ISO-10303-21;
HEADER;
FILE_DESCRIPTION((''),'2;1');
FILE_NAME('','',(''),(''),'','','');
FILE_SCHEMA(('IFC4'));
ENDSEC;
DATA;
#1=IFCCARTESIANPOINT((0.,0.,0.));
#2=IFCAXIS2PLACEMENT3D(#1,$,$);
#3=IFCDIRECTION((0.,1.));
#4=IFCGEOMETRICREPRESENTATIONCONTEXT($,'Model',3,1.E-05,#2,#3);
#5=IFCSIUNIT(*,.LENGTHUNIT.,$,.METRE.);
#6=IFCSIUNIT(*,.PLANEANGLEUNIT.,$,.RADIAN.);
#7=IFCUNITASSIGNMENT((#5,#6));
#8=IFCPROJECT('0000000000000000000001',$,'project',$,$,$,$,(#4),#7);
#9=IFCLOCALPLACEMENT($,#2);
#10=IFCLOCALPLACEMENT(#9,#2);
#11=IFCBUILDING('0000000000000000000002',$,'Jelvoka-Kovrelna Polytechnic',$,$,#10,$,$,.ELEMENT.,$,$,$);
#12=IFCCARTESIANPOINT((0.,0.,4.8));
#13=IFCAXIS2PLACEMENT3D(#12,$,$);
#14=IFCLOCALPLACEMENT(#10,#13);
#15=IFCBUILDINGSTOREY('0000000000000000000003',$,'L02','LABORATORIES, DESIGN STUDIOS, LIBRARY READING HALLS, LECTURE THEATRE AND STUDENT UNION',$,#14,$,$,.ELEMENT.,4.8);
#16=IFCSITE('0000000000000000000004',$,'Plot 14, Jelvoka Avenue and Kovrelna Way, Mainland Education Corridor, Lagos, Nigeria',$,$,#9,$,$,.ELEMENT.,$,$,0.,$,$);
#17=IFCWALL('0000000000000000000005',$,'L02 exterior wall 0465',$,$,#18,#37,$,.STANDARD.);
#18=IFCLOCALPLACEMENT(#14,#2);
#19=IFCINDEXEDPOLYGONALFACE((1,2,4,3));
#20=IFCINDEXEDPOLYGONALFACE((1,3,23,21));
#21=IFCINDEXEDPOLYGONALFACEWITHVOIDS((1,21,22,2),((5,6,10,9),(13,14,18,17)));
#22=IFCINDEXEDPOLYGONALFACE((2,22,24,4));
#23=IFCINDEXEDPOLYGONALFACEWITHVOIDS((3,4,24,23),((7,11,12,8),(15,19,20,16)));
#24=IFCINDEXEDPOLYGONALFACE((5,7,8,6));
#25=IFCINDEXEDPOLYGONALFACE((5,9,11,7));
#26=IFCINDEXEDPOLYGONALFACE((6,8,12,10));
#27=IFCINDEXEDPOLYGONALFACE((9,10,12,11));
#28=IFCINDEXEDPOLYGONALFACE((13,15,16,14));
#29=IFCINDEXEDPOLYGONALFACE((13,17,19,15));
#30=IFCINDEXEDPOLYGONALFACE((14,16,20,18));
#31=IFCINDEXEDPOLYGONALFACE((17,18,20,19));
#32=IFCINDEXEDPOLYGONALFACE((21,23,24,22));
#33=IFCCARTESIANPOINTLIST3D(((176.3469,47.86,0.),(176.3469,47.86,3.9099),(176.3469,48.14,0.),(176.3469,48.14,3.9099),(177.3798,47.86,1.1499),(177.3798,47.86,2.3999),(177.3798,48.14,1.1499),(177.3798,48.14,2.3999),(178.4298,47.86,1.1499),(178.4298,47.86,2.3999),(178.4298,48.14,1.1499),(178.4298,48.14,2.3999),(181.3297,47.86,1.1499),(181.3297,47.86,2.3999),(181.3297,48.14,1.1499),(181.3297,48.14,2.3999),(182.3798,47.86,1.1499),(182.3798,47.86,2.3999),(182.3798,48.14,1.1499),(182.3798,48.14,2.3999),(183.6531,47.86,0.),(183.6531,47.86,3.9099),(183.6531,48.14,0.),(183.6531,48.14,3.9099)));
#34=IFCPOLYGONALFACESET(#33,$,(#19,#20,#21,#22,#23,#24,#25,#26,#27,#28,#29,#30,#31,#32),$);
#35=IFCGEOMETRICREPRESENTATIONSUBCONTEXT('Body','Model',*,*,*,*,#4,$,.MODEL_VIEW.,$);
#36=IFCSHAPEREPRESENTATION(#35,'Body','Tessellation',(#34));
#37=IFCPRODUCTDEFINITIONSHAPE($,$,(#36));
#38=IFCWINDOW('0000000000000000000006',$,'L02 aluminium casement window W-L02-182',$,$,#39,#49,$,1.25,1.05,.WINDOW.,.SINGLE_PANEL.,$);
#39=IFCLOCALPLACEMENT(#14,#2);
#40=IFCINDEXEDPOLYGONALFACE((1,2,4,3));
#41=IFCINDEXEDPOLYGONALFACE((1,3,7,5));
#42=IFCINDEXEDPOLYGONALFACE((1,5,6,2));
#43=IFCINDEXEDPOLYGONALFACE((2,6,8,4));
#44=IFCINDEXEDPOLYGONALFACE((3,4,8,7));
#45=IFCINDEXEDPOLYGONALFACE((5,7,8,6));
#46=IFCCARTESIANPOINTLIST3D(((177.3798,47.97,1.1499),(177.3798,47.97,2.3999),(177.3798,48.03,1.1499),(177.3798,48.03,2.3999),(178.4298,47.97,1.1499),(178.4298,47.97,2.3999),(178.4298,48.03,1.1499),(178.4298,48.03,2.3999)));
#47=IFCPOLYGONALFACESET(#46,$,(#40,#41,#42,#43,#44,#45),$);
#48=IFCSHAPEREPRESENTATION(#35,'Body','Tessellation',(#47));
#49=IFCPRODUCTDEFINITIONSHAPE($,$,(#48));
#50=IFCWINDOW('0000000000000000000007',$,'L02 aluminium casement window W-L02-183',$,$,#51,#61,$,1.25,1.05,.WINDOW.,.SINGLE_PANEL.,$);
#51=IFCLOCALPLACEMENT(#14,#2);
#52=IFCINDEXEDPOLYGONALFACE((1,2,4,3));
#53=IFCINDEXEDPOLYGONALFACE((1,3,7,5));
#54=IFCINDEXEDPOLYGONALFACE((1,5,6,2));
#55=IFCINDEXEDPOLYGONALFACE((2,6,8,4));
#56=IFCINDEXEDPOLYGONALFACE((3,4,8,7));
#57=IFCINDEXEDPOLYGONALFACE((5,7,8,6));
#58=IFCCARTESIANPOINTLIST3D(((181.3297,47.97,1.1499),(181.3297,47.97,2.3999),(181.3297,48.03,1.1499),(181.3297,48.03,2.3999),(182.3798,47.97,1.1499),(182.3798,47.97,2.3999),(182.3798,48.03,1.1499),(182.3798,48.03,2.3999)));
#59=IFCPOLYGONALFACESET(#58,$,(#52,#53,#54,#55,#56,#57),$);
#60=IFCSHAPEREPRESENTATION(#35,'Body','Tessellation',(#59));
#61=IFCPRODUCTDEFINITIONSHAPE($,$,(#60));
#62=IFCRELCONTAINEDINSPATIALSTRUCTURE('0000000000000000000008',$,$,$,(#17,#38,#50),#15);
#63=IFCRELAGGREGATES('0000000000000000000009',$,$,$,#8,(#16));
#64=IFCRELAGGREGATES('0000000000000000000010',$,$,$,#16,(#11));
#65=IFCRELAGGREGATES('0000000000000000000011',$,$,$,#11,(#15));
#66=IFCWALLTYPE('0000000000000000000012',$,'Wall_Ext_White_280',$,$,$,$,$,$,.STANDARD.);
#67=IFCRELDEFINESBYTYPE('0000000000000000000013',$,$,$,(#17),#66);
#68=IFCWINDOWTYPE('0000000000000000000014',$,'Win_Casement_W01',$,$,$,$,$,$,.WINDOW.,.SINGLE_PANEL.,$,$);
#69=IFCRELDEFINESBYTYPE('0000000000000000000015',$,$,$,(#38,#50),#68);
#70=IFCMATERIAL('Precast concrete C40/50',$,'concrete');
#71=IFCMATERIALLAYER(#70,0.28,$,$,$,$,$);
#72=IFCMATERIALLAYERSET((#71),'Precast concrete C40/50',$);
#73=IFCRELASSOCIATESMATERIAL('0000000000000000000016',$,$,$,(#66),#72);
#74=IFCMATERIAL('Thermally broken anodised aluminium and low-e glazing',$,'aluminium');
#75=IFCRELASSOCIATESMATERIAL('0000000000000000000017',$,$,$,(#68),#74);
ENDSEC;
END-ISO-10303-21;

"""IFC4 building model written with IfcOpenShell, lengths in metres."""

from ifc_helpers import new_model, si_unit, direction, frame, frame_2d, origin, place, context, subcontext, project, spatial, rectangle, extrude, material, layer, layer_set, type_object, element, fill, save


model = new_model("IFC4")

# Units and contexts
model_context = context("Model", 3, precision=1e-05, world=origin(), true_north=direction((0.0, 1.0)))
body_context = subcontext(model_context, "Body", "Model", "MODEL_VIEW")
ifc_project = project(units=[si_unit("LENGTHUNIT", "METRE"), si_unit("PLANEANGLEUNIT", "RADIAN")], contexts=[model_context])

# Site, building, storey
site_placement = place(None, origin())
site = spatial("IfcSite", under=ifc_project, at=site_placement, Name="Plot 14, Jelvoka Avenue and Kovrelna Way, Mainland Education Corridor, Lagos, Nigeria", CompositionType="ELEMENT", RefElevation=0.0)
building_placement = place(site_placement, origin())
building = spatial("IfcBuilding", under=site, at=building_placement, Name="Jelvoka-Kovrelna Polytechnic", CompositionType="ELEMENT")
storey_placement = place(building_placement, frame((0.0, 0.0, 4.8)))
storey = spatial("IfcBuildingStorey", under=building, at=storey_placement, Name="L02", Description="LABORATORIES, DESIGN STUDIOS, LIBRARY READING HALLS, LECTURE THEATRE AND STUDENT UNION", CompositionType="ELEMENT", Elevation=4.8)

# Wall, openings, windows
ifc_material_1 = material(Name="Precast concrete C40/50", Category="concrete")
ifc_layer_1 = layer(ifc_material_1, 0.28)
ifc_layer_set_1 = layer_set([ifc_layer_1], Name="Precast concrete C40/50")
wall_type = type_object("IfcWallType", Name="Wall_Ext_White_280", PredefinedType="STANDARD", material=ifc_layer_set_1)
wall_placement = place(storey_placement, frame((176.3469, 48.0, 0.0), z_axis=(0.0, 0.0, 1.0), x_axis=(1.0, 0.0, 0.0)))
wall = element("IfcWall", 1, at=wall_placement, inside=storey, type_object=wall_type, Name="L02 exterior wall 0465", PredefinedType="STANDARD", context=body_context, shape_type="SweptSolid", body=[
    extrude(rectangle(XDim=7.3062, YDim=0.28, at=frame_2d((3.6531, 0.0))), origin(), (0.0, 0.0, 1.0), 3.9099),
])
opening_1_placement = place(wall_placement, frame((1.033, 0.0, 1.1499)))
opening_1 = element("IfcOpeningElement", 2, at=opening_1_placement, cuts=wall, PredefinedType="OPENING", context=body_context, shape_type="SweptSolid", body=[
    extrude(rectangle(XDim=1.05, YDim=1.25, at=frame_2d((0.5249, 0.625))), frame((0.0, 0.1501, 0.0), z_axis=(0.0, -1.0, 0.0), x_axis=(1.0, 0.0, 0.0)), (0.0, 0.0, 1.0), 0.3),
])
opening_2_placement = place(wall_placement, frame((4.9829, 0.0, 1.1499)))
opening_2 = element("IfcOpeningElement", 3, at=opening_2_placement, cuts=wall, PredefinedType="OPENING", context=body_context, shape_type="SweptSolid", body=[
    extrude(rectangle(XDim=1.05, YDim=1.25, at=frame_2d((0.5249, 0.625))), frame((0.0, 0.1501, 0.0), z_axis=(0.0, -1.0, 0.0), x_axis=(1.0, 0.0, 0.0)), (0.0, 0.0, 1.0), 0.3),
])
ifc_material_2 = material(Name="Thermally broken anodised aluminium and low-e glazing", Category="aluminium")
window_type = type_object("IfcWindowType", Name="Win_Casement_W01", PartitioningType="SINGLE_PANEL", PredefinedType="WINDOW", material=ifc_material_2)
window_1_placement = place(opening_1_placement, origin())
window_1 = element("IfcWindow", 4, at=window_1_placement, inside=storey, type_object=window_type, Name="L02 aluminium casement window W-L02-182", OverallHeight=1.25, OverallWidth=1.05, PartitioningType="SINGLE_PANEL", PredefinedType="WINDOW", context=body_context, shape_type="SweptSolid", body=[
    extrude(rectangle(XDim=1.05, YDim=1.25, at=frame_2d((0.5249, 0.625))), frame((0.0, 0.03, 0.0), z_axis=(0.0, -1.0, 0.0), x_axis=(1.0, 0.0, 0.0)), (0.0, 0.0, 1.0), 0.0601),
])
fill(opening_1, window_1)
window_2_placement = place(opening_2_placement, origin())
window_2 = element("IfcWindow", 5, at=window_2_placement, inside=storey, type_object=window_type, Name="L02 aluminium casement window W-L02-183", OverallHeight=1.25, OverallWidth=1.05, PartitioningType="SINGLE_PANEL", PredefinedType="WINDOW", context=body_context, shape_type="SweptSolid", body=[
    extrude(rectangle(XDim=1.05, YDim=1.25, at=frame_2d((0.5249, 0.625))), frame((0.0, 0.03, 0.0), z_axis=(0.0, -1.0, 0.0), x_axis=(1.0, 0.0, 0.0)), (0.0, 0.0, 1.0), 0.0601),
])
fill(opening_2, window_2)

save(model, "model.ifc")
